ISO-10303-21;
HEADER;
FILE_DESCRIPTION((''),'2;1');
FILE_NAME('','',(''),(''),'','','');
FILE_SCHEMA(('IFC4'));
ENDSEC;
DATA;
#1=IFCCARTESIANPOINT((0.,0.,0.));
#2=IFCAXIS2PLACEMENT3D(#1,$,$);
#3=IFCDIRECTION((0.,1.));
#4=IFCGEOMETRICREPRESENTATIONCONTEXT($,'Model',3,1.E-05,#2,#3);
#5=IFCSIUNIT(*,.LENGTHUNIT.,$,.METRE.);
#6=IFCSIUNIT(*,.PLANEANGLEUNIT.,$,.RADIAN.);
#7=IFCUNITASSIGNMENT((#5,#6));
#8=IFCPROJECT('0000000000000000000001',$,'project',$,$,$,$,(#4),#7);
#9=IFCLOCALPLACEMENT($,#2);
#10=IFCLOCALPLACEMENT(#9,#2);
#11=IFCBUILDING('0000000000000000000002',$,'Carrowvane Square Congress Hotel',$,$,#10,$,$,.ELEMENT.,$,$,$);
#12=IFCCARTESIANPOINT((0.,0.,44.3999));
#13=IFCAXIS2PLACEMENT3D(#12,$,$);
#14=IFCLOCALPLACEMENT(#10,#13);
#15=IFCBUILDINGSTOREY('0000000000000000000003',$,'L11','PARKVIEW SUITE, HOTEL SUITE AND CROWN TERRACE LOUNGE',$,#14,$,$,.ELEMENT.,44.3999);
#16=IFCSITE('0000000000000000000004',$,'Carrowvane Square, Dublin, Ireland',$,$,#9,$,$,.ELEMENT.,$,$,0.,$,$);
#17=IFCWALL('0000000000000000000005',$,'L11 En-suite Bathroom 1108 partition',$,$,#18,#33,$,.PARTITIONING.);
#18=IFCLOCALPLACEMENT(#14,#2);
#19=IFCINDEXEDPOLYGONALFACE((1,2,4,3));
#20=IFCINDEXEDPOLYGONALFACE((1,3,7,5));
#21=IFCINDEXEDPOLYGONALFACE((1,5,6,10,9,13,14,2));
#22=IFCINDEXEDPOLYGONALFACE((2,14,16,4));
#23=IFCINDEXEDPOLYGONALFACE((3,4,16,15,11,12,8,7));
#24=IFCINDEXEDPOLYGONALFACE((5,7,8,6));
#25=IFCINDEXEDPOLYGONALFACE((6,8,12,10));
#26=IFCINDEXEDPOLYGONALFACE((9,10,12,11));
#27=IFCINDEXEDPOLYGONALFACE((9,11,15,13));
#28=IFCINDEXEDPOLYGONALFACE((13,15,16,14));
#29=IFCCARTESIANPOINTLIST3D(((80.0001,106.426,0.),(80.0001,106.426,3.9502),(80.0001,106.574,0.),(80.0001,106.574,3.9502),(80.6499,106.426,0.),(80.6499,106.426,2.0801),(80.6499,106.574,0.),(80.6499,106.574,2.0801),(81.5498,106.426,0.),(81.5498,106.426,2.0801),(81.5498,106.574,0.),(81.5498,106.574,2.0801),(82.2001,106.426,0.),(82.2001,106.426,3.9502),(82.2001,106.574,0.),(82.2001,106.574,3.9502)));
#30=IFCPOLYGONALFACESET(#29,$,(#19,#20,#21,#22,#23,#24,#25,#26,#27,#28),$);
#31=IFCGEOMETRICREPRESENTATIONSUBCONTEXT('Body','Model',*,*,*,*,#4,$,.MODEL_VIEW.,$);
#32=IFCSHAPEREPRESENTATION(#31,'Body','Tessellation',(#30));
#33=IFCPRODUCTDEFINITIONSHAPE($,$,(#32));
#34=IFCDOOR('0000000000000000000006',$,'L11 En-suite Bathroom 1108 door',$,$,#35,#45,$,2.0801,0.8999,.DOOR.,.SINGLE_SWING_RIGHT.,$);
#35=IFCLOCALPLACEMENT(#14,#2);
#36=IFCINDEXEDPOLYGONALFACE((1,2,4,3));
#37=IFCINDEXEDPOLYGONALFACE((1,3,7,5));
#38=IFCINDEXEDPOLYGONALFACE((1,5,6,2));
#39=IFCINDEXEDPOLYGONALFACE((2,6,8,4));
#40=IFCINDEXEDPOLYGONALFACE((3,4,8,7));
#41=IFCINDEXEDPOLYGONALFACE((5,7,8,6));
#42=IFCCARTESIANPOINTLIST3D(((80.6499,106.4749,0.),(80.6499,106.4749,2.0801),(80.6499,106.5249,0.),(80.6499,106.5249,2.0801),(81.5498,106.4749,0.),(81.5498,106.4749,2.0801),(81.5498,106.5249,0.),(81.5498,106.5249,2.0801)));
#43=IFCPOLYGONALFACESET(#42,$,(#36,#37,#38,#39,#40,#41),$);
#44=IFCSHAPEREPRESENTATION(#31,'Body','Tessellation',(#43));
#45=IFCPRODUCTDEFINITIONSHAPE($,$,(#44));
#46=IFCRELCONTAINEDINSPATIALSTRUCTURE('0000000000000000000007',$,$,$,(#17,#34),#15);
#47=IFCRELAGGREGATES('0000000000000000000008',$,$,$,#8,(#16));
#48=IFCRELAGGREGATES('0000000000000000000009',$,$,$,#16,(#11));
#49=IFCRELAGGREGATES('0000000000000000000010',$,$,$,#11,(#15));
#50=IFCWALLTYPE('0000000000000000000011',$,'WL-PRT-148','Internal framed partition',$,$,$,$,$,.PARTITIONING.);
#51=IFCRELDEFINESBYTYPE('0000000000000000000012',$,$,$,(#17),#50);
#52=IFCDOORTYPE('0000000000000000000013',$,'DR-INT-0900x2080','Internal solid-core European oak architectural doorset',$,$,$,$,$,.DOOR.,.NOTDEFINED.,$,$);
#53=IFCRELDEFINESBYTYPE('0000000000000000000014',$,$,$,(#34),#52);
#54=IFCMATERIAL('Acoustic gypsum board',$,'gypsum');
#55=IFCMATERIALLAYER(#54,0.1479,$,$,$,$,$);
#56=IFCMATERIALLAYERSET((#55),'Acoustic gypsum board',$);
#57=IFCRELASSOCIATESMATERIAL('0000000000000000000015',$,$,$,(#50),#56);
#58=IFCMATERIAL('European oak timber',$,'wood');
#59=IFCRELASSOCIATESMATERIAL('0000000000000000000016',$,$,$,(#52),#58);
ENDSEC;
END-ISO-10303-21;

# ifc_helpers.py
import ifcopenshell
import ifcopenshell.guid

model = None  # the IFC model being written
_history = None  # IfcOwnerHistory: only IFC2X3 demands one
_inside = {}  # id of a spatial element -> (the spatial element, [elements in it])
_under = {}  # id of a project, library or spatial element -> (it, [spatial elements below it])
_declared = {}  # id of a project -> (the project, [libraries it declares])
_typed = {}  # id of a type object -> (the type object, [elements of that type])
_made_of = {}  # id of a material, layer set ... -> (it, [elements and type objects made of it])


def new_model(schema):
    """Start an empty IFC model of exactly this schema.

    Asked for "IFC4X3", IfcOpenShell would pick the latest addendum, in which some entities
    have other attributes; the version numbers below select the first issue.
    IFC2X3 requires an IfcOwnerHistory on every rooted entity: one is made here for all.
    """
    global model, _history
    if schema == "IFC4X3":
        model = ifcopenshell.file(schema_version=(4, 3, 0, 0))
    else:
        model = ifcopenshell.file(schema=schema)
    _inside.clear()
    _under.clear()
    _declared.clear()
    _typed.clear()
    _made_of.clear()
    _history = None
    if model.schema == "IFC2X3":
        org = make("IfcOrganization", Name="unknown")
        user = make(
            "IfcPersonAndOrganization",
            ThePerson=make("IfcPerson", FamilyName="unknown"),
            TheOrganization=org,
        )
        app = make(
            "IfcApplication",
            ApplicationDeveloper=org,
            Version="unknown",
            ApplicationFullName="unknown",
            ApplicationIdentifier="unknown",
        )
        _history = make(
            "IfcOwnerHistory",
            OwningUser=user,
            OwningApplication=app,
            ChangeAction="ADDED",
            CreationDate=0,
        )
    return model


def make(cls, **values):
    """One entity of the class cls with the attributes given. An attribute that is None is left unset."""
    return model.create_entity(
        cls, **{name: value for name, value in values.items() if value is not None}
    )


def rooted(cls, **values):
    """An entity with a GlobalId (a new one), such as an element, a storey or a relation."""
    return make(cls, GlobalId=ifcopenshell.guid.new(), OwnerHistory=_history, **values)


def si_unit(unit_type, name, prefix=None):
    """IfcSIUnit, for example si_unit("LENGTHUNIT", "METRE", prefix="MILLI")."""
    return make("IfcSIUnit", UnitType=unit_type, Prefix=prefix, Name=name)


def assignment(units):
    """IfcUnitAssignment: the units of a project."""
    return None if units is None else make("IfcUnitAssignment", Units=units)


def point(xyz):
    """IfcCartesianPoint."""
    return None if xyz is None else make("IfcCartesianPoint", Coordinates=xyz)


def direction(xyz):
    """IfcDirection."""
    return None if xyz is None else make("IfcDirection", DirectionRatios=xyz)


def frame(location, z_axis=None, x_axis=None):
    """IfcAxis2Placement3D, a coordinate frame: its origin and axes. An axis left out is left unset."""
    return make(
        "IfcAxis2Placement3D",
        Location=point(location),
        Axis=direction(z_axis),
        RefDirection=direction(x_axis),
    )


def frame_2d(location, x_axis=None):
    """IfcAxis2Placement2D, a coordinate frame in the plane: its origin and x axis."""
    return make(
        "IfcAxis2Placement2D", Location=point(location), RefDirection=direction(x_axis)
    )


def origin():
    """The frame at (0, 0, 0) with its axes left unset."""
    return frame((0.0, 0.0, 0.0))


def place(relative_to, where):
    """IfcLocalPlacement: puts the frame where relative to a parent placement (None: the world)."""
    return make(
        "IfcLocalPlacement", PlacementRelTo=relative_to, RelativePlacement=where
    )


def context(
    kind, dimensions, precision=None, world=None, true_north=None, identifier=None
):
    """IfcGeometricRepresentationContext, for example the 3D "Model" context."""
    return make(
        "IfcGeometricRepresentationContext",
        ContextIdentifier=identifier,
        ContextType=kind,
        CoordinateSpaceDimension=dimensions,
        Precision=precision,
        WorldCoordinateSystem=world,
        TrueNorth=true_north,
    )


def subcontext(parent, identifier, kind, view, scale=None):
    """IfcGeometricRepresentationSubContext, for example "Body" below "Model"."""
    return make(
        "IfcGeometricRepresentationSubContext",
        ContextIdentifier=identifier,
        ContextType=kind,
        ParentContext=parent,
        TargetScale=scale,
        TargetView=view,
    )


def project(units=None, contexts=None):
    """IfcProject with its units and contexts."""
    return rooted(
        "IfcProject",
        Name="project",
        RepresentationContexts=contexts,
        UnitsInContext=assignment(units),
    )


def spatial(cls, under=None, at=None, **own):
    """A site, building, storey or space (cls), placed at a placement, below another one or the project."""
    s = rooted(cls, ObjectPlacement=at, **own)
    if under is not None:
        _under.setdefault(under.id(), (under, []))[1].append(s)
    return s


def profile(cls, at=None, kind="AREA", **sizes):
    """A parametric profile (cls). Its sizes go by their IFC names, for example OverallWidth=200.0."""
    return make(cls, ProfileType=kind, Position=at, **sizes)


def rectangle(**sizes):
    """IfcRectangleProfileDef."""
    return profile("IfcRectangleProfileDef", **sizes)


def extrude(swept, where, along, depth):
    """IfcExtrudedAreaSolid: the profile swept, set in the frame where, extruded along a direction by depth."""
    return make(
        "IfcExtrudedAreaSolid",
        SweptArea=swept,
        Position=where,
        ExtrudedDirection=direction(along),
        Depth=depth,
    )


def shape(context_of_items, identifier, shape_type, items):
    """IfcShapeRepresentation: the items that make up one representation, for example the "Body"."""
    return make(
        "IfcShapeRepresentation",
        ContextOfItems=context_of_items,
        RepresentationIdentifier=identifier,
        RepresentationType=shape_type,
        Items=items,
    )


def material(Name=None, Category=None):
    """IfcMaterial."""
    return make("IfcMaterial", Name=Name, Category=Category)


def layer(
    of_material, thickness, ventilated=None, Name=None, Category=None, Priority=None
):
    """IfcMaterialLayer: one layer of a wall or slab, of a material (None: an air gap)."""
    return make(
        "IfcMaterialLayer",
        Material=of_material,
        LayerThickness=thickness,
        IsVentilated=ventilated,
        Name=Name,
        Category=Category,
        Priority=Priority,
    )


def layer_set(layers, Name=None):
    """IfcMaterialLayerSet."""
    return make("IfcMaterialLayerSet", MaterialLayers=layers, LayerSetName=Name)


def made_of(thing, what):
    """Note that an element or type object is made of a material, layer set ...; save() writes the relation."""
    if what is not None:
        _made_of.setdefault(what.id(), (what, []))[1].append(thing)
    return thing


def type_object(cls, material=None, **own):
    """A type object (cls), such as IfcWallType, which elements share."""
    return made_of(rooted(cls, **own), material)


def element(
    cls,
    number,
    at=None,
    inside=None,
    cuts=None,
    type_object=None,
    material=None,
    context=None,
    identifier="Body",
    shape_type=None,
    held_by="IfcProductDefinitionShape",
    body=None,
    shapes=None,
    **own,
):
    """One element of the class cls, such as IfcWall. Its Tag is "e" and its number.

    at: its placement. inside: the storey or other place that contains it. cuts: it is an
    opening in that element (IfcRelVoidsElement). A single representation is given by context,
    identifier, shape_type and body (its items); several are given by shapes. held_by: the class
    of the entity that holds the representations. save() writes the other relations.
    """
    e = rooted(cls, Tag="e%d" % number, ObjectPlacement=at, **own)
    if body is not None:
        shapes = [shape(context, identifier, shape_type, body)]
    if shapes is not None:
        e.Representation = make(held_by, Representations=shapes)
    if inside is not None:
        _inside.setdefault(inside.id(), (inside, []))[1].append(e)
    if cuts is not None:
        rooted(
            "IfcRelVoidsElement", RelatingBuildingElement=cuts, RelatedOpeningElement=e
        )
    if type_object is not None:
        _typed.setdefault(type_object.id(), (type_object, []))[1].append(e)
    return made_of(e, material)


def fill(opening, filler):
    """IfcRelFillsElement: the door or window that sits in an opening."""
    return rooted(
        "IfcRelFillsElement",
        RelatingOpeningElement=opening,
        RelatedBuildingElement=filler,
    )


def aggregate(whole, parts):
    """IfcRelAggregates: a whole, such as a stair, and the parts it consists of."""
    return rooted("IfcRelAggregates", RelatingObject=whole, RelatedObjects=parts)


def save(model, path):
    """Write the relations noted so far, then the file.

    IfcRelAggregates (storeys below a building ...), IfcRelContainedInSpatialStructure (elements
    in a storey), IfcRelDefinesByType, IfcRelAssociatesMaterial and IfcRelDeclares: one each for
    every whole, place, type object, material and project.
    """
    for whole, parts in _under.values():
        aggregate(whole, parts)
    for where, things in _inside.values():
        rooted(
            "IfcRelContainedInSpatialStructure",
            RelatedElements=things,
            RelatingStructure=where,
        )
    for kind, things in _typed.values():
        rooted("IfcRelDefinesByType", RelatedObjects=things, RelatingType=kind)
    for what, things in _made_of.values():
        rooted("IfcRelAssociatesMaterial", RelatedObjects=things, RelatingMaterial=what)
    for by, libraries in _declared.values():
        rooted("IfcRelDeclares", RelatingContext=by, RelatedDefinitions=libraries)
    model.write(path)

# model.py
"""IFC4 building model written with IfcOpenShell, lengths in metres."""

from ifc_helpers import new_model, si_unit, direction, frame, frame_2d, origin, place, context, subcontext, project, spatial, rectangle, extrude, material, layer, layer_set, type_object, element, fill, save


model = new_model("IFC4")

# Units and contexts
model_context = context("Model", 3, precision=1e-05, world=origin(), true_north=direction((0.0, 1.0)))
body_context = subcontext(model_context, "Body", "Model", "MODEL_VIEW")
ifc_project = project(units=[si_unit("LENGTHUNIT", "METRE"), si_unit("PLANEANGLEUNIT", "RADIAN")], contexts=[model_context])

# Site, building, storey
site_placement = place(None, origin())
site = spatial("IfcSite", under=ifc_project, at=site_placement, Name="Carrowvane Square, Dublin, Ireland", CompositionType="ELEMENT", RefElevation=0.0)
building_placement = place(site_placement, origin())
building = spatial("IfcBuilding", under=site, at=building_placement, Name="Carrowvane Square Congress Hotel", CompositionType="ELEMENT")
storey_placement = place(building_placement, frame((0.0, 0.0, 44.3999)))
storey = spatial("IfcBuildingStorey", under=building, at=storey_placement, Name="L11", Description="PARKVIEW SUITE, HOTEL SUITE AND CROWN TERRACE LOUNGE", CompositionType="ELEMENT", Elevation=44.3999)

# Shared definitions
ifc_material_1 = material(Name="Acoustic gypsum board", Category="gypsum")
ifc_layer_1 = layer(ifc_material_1, 0.1479)
ifc_layer_set_1 = layer_set([ifc_layer_1], Name="Acoustic gypsum board")
wall_type_1 = type_object("IfcWallType", Name="WL-PRT-148", Description="Internal framed partition", PredefinedType="PARTITIONING", material=ifc_layer_set_1)

# Wall, opening, door
wall_1_placement = place(storey_placement, frame((80.0, 106.5, 0.0), z_axis=(0.0, 0.0, 1.0), x_axis=(1.0, 0.0, 0.0)))
wall_1 = element("IfcWall", 1, at=wall_1_placement, inside=storey, type_object=wall_type_1, Name="L11 En-suite Bathroom 1108 partition", PredefinedType="PARTITIONING", context=body_context, shape_type="SweptSolid", body=[
    extrude(rectangle(XDim=2.2, YDim=0.1479, at=frame_2d((1.1001, 0.0))), origin(), (0.0, 0.0, 1.0), 3.9502),
])
opening_1_placement = place(wall_1_placement, frame((0.6499, 0.0, 0.0)))
opening_1 = element("IfcOpeningElement", 2, at=opening_1_placement, cuts=wall_1, PredefinedType="OPENING", context=body_context, shape_type="SweptSolid", body=[
    extrude(rectangle(XDim=0.8999, YDim=2.0801, at=frame_2d((0.45, 1.04))), frame((0.0, 0.084, 0.0), z_axis=(0.0, -1.0, 0.0), x_axis=(1.0, 0.0, 0.0)), (0.0, 0.0, 1.0), 0.168),
])
ifc_material_2 = material(Name="European oak timber", Category="wood")
door_type_1 = type_object("IfcDoorType", Name="DR-INT-0900x2080", Description="Internal solid-core European oak architectural doorset", OperationType="NOTDEFINED", PredefinedType="DOOR", material=ifc_material_2)
door_1_placement = place(opening_1_placement, origin())
door_1 = element("IfcDoor", 3, at=door_1_placement, inside=storey, type_object=door_type_1, Name="L11 En-suite Bathroom 1108 door", OperationType="SINGLE_SWING_RIGHT", OverallHeight=2.0801, OverallWidth=0.8999, PredefinedType="DOOR", context=body_context, shape_type="SweptSolid", body=[
    extrude(rectangle(XDim=0.8999, YDim=2.0801, at=frame_2d((0.45, 1.04))), frame((0.0, 0.0249, 0.0), z_axis=(0.0, -1.0, 0.0), x_axis=(1.0, 0.0, 0.0)), (0.0, 0.0, 1.0), 0.05),
])
fill(opening_1, door_1)

save(model, "model.ifc")
